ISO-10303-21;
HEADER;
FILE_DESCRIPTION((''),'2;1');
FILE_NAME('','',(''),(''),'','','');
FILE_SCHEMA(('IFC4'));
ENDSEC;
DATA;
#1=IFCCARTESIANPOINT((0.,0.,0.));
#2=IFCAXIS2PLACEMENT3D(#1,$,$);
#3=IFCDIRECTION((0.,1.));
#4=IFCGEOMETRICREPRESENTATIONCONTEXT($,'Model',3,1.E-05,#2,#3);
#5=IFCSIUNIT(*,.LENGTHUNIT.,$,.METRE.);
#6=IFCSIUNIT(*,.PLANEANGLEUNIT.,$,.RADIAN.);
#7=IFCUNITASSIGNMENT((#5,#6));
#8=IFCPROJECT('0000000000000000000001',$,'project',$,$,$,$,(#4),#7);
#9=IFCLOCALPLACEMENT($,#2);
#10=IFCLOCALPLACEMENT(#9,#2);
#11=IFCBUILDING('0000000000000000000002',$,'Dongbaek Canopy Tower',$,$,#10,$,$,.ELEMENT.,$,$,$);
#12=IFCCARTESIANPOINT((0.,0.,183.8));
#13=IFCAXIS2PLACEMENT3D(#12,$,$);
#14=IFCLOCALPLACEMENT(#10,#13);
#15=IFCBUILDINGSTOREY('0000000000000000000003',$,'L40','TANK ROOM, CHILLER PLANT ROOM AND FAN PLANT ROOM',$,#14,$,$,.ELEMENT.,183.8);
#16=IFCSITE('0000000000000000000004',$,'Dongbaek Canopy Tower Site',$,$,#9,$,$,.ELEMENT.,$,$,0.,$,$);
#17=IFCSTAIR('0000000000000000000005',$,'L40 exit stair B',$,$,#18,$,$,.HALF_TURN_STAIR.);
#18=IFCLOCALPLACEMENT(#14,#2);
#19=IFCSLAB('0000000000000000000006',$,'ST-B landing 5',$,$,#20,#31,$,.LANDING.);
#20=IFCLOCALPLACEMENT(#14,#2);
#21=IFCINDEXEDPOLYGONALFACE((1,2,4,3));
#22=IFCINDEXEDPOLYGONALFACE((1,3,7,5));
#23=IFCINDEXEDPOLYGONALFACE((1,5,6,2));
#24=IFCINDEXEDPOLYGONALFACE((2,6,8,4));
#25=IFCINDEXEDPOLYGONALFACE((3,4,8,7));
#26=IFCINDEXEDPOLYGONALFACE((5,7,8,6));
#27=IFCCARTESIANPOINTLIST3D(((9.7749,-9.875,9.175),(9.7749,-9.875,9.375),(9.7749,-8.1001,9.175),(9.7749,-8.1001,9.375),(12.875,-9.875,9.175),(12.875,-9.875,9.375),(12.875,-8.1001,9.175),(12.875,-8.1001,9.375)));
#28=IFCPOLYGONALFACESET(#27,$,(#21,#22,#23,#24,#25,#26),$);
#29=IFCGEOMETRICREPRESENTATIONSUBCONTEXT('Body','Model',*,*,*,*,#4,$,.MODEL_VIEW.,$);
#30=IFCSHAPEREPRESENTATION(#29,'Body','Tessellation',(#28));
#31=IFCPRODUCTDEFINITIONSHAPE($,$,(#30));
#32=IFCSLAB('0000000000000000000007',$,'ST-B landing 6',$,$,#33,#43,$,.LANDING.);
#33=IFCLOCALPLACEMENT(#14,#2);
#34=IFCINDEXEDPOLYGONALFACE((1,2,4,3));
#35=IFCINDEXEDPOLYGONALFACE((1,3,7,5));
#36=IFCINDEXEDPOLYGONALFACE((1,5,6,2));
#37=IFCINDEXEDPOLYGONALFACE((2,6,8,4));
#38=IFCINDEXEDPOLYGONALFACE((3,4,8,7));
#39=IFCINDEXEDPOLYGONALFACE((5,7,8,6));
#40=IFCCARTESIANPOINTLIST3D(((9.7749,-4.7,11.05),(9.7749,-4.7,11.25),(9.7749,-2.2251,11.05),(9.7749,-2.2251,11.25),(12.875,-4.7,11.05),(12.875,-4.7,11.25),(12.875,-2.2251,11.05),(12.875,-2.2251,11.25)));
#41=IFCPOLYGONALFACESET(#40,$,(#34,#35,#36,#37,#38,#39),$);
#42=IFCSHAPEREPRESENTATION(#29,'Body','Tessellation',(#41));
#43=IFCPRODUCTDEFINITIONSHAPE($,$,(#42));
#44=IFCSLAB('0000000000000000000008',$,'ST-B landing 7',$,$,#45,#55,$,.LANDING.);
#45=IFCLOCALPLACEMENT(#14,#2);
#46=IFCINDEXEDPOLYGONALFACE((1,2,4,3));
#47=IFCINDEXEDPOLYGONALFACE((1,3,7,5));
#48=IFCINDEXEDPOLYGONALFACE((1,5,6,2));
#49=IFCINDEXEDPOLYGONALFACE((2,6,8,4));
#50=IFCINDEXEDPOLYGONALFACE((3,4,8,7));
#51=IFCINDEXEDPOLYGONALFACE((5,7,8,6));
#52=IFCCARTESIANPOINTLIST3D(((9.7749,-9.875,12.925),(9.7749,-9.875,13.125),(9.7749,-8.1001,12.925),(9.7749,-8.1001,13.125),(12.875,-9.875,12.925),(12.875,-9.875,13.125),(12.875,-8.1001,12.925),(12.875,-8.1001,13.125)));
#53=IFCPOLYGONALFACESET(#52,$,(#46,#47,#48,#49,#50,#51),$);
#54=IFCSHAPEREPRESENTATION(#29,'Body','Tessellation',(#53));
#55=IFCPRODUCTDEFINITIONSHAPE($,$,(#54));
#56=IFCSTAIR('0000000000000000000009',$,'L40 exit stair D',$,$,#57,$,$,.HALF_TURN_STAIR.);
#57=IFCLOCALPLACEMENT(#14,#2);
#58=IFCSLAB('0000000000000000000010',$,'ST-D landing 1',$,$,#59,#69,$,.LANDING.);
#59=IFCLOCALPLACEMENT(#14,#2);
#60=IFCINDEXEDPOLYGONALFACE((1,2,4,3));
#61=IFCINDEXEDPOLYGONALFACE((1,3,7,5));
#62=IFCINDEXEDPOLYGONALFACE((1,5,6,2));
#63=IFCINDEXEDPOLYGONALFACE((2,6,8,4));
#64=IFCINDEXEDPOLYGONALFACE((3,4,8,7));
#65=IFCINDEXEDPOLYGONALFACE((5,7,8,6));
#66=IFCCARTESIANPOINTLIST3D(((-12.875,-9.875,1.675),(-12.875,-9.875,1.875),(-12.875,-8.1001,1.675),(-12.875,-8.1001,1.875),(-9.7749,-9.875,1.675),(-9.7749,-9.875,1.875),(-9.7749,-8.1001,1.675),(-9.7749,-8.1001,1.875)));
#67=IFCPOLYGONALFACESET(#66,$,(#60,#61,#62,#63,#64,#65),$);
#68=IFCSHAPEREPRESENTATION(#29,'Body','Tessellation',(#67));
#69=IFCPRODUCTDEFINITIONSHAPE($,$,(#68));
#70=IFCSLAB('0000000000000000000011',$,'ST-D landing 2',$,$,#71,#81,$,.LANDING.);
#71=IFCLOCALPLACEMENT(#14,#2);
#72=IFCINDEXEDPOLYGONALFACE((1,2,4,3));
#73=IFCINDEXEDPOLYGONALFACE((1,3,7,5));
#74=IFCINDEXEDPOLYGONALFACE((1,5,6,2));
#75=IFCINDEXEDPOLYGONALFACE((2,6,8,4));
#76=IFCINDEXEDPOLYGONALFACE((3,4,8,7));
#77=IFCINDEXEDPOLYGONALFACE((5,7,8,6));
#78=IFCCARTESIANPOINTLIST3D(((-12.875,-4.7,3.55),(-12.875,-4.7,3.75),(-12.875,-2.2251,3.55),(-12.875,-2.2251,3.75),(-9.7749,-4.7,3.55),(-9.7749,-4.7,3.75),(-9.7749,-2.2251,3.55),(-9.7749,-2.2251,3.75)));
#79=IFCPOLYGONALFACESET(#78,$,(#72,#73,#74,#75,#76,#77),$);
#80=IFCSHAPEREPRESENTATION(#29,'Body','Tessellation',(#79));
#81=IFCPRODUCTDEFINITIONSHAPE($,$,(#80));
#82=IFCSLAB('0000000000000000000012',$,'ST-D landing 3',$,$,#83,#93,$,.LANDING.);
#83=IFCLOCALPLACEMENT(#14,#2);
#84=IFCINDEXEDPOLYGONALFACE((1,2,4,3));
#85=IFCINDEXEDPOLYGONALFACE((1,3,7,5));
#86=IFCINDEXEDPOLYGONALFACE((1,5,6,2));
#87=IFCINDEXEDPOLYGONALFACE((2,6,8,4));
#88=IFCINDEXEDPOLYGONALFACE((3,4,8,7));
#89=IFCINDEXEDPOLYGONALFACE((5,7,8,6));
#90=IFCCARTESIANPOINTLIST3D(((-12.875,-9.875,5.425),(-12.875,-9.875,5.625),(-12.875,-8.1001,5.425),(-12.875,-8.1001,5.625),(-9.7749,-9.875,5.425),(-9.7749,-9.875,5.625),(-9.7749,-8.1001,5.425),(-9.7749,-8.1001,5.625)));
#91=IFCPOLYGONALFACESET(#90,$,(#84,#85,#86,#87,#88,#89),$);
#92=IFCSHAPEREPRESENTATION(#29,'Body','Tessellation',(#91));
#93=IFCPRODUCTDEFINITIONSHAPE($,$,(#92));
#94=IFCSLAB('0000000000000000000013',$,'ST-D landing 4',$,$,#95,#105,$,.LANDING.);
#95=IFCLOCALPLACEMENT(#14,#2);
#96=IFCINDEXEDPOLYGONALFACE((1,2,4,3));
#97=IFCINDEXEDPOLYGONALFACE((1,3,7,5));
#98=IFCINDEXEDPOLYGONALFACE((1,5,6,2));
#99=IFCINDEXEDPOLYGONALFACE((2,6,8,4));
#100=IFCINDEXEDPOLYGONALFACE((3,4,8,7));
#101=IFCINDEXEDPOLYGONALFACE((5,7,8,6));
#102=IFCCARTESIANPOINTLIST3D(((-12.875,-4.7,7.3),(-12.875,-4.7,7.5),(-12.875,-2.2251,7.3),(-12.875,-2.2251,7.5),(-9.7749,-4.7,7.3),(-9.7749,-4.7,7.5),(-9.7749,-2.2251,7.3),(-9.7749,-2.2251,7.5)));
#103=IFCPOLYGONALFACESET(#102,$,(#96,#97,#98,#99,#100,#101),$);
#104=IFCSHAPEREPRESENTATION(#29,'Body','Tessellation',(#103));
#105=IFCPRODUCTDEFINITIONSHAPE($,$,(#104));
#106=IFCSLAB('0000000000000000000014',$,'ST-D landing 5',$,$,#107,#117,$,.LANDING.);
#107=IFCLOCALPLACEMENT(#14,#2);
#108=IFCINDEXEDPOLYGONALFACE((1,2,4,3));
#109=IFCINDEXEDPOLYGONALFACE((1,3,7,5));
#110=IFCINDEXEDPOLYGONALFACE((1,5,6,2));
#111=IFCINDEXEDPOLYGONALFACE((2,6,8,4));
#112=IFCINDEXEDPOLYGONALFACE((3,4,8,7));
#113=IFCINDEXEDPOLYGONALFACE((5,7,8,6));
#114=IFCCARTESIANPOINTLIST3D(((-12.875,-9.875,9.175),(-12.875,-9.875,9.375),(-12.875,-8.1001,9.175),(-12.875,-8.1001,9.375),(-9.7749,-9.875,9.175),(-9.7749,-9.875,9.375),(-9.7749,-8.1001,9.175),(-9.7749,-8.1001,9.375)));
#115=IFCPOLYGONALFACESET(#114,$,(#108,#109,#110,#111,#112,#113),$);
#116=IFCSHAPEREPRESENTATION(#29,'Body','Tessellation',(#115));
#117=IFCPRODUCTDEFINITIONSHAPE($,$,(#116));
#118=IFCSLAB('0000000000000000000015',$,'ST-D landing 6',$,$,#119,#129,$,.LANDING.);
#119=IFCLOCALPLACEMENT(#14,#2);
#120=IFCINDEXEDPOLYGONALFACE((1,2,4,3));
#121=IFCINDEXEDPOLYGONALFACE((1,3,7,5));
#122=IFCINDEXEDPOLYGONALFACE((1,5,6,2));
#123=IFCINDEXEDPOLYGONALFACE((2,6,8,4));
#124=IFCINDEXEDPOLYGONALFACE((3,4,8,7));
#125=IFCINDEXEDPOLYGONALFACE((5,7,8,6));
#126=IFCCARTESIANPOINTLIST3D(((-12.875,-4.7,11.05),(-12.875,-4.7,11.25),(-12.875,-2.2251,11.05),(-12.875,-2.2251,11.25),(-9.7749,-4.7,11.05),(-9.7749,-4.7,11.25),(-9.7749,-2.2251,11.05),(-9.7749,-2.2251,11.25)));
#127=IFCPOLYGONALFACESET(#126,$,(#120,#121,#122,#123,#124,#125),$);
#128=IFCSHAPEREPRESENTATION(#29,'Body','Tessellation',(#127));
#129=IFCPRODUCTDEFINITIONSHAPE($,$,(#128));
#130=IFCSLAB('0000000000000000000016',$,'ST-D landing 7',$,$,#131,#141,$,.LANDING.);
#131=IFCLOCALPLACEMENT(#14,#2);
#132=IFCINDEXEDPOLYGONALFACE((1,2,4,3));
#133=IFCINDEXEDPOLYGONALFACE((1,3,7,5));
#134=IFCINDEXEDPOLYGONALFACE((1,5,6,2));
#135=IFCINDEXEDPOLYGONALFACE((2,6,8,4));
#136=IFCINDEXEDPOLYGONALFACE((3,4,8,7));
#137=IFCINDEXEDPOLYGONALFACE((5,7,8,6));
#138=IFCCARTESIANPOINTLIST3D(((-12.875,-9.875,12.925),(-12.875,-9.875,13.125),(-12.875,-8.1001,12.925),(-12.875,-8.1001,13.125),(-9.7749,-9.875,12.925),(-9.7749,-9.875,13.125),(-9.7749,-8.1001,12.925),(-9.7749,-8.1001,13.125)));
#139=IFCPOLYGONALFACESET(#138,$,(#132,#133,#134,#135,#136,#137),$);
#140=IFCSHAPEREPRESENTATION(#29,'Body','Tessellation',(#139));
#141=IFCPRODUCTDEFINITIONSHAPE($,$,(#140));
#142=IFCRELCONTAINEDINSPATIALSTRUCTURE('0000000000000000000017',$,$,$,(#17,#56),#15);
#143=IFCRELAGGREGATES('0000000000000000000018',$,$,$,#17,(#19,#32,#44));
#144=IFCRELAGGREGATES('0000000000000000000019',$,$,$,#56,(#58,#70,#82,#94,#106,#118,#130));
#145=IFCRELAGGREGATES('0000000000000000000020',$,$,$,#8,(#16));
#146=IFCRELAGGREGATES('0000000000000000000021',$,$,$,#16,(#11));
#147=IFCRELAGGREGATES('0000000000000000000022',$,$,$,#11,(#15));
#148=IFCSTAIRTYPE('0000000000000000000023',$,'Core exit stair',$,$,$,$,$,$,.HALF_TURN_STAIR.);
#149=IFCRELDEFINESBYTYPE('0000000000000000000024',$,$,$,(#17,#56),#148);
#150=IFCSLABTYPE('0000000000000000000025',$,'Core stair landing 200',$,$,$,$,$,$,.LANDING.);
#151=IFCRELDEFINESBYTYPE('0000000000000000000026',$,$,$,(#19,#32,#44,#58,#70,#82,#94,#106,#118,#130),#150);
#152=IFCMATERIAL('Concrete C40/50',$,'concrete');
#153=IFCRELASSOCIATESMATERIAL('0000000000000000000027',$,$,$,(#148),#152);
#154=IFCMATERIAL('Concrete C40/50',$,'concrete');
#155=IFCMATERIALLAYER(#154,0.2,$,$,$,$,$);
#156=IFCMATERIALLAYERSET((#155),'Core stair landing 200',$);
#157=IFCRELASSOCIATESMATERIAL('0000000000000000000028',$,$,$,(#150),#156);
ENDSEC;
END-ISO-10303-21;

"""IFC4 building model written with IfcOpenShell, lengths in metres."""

from ifc_helpers import new_model, si_unit, direction, frame, origin, place, context, subcontext, project, spatial, polyline, outline, extrude, material, layer, layer_set, type_object, element, aggregate, save


model = new_model("IFC4")

# Units and contexts
model_context = context("Model", 3, precision=1e-05, world=origin(), true_north=direction((0.0, 1.0)))
body_context = subcontext(model_context, "Body", "Model", "MODEL_VIEW")
ifc_project = project(units=[si_unit("LENGTHUNIT", "METRE"), si_unit("PLANEANGLEUNIT", "RADIAN")], contexts=[model_context])

# Site, building, storey
site_placement = place(None, origin())
site = spatial("IfcSite", under=ifc_project, at=site_placement, Name="Dongbaek Canopy Tower Site", CompositionType="ELEMENT", RefElevation=0.0)
building_placement = place(site_placement, origin())
building = spatial("IfcBuilding", under=site, at=building_placement, Name="Dongbaek Canopy Tower", CompositionType="ELEMENT")
storey_placement = place(building_placement, frame((0.0, 0.0, 183.8)))
storey = spatial("IfcBuildingStorey", under=building, at=storey_placement, Name="L40", Description="TANK ROOM, CHILLER PLANT ROOM AND FAN PLANT ROOM", CompositionType="ELEMENT", Elevation=183.8)

# Stairs, slabs
ifc_material_1 = material(Name="Concrete C40/50", Category="concrete")
stair_type = type_object("IfcStairType", Name="Core exit stair", PredefinedType="HALF_TURN_STAIR", material=ifc_material_1)
stair_1_placement = place(storey_placement, origin())
stair_1 = element("IfcStair", 1, at=stair_1_placement, inside=storey, type_object=stair_type, Name="L40 exit stair B", PredefinedType="HALF_TURN_STAIR")
ifc_material_2 = material(Name="Concrete C40/50", Category="concrete")
ifc_layer_1 = layer(ifc_material_2, 0.2)
ifc_layer_set_1 = layer_set([ifc_layer_1], Name="Core stair landing 200")
slab_type = type_object("IfcSlabType", Name="Core stair landing 200", PredefinedType="LANDING", material=ifc_layer_set_1)
slab_1_placement = place(storey_placement, frame((0.0, 0.0, 9.175)))
slab_1 = element("IfcSlab", 2, at=slab_1_placement, type_object=slab_type, Name="ST-B landing 5", PredefinedType="LANDING", context=body_context, shape_type="SweptSolid", body=[
    extrude(outline(polyline([(9.7749, -8.1001), (9.7749, -9.875), (12.875, -9.875), (12.875, -8.1001), (9.7749, -8.1001)])), origin(), (0.0, 0.0, 1.0), 0.2),
])
slab_2_placement = place(storey_placement, frame((0.0, 0.0, 11.05)))
slab_2 = element("IfcSlab", 3, at=slab_2_placement, type_object=slab_type, Name="ST-B landing 6", PredefinedType="LANDING", context=body_context, shape_type="SweptSolid", body=[
    extrude(outline(polyline([(9.7749, -2.2251), (9.7749, -4.7), (12.875, -4.7), (12.875, -2.2251), (9.7749, -2.2251)])), origin(), (0.0, 0.0, 1.0), 0.2),
])
slab_3_placement = place(storey_placement, frame((0.0, 0.0, 12.925)))
slab_3 = element("IfcSlab", 4, at=slab_3_placement, type_object=slab_type, Name="ST-B landing 7", PredefinedType="LANDING", context=body_context, shape_type="SweptSolid", body=[
    extrude(outline(polyline([(9.7749, -8.1001), (9.7749, -9.875), (12.875, -9.875), (12.875, -8.1001), (9.7749, -8.1001)])), origin(), (0.0, 0.0, 1.0), 0.2),
])
aggregate(stair_1, [slab_1, slab_2, slab_3])
stair_2_placement = place(storey_placement, origin())
stair_2 = element("IfcStair", 5, at=stair_2_placement, inside=storey, type_object=stair_type, Name="L40 exit stair D", PredefinedType="HALF_TURN_STAIR")
slab_4_placement = place(storey_placement, frame((0.0, 0.0, 1.675)))
slab_4 = element("IfcSlab", 6, at=slab_4_placement, type_object=slab_type, Name="ST-D landing 1", PredefinedType="LANDING", context=body_context, shape_type="SweptSolid", body=[
    extrude(outline(polyline([(-12.875, -8.1001), (-12.875, -9.875), (-9.7749, -9.875), (-9.7749, -8.1001), (-12.875, -8.1001)])), origin(), (0.0, 0.0, 1.0), 0.2),
])
slab_5_placement = place(storey_placement, frame((0.0, 0.0, 3.55)))
slab_5 = element("IfcSlab", 7, at=slab_5_placement, type_object=slab_type, Name="ST-D landing 2", PredefinedType="LANDING", context=body_context, shape_type="SweptSolid", body=[
    extrude(outline(polyline([(-12.875, -2.2251), (-12.875, -4.7), (-9.7749, -4.7), (-9.7749, -2.2251), (-12.875, -2.2251)])), origin(), (0.0, 0.0, 1.0), 0.2),
])
slab_6_placement = place(storey_placement, frame((0.0, 0.0, 5.425)))
slab_6 = element("IfcSlab", 8, at=slab_6_placement, type_object=slab_type, Name="ST-D landing 3", PredefinedType="LANDING", context=body_context, shape_type="SweptSolid", body=[
    extrude(outline(polyline([(-12.875, -8.1001), (-12.875, -9.875), (-9.7749, -9.875), (-9.7749, -8.1001), (-12.875, -8.1001)])), origin(), (0.0, 0.0, 1.0), 0.2),
])
slab_7_placement = place(storey_placement, frame((0.0, 0.0, 7.3)))
slab_7 = element("IfcSlab", 9, at=slab_7_placement, type_object=slab_type, Name="ST-D landing 4", PredefinedType="LANDING", context=body_context, shape_type="SweptSolid", body=[
    extrude(outline(polyline([(-12.875, -2.2251), (-12.875, -4.7), (-9.7749, -4.7), (-9.7749, -2.2251), (-12.875, -2.2251)])), origin(), (0.0, 0.0, 1.0), 0.2),
])
slab_8_placement = place(storey_placement, frame((0.0, 0.0, 9.175)))
slab_8 = element("IfcSlab", 10, at=slab_8_placement, type_object=slab_type, Name="ST-D landing 5", PredefinedType="LANDING", context=body_context, shape_type="SweptSolid", body=[
    extrude(outline(polyline([(-12.875, -8.1001), (-12.875, -9.875), (-9.7749, -9.875), (-9.7749, -8.1001), (-12.875, -8.1001)])), origin(), (0.0, 0.0, 1.0), 0.2),
])
slab_9_placement = place(storey_placement, frame((0.0, 0.0, 11.05)))
slab_9 = element("IfcSlab", 11, at=slab_9_placement, type_object=slab_type, Name="ST-D landing 6", PredefinedType="LANDING", context=body_context, shape_type="SweptSolid", body=[
    extrude(outline(polyline([(-12.875, -2.2251), (-12.875, -4.7), (-9.7749, -4.7), (-9.7749, -2.2251), (-12.875, -2.2251)])), origin(), (0.0, 0.0, 1.0), 0.2),
])
slab_10_placement = place(storey_placement, frame((0.0, 0.0, 12.925)))
slab_10 = element("IfcSlab", 12, at=slab_10_placement, type_object=slab_type, Name="ST-D landing 7", PredefinedType="LANDING", context=body_context, shape_type="SweptSolid", body=[
    extrude(outline(polyline([(-12.875, -8.1001), (-12.875, -9.875), (-9.7749, -9.875), (-9.7749, -8.1001), (-12.875, -8.1001)])), origin(), (0.0, 0.0, 1.0), 0.2),
])
aggregate(stair_2, [slab_4, slab_5, slab_6, slab_7, slab_8, slab_9, slab_10])

save(model, "model.ifc")
